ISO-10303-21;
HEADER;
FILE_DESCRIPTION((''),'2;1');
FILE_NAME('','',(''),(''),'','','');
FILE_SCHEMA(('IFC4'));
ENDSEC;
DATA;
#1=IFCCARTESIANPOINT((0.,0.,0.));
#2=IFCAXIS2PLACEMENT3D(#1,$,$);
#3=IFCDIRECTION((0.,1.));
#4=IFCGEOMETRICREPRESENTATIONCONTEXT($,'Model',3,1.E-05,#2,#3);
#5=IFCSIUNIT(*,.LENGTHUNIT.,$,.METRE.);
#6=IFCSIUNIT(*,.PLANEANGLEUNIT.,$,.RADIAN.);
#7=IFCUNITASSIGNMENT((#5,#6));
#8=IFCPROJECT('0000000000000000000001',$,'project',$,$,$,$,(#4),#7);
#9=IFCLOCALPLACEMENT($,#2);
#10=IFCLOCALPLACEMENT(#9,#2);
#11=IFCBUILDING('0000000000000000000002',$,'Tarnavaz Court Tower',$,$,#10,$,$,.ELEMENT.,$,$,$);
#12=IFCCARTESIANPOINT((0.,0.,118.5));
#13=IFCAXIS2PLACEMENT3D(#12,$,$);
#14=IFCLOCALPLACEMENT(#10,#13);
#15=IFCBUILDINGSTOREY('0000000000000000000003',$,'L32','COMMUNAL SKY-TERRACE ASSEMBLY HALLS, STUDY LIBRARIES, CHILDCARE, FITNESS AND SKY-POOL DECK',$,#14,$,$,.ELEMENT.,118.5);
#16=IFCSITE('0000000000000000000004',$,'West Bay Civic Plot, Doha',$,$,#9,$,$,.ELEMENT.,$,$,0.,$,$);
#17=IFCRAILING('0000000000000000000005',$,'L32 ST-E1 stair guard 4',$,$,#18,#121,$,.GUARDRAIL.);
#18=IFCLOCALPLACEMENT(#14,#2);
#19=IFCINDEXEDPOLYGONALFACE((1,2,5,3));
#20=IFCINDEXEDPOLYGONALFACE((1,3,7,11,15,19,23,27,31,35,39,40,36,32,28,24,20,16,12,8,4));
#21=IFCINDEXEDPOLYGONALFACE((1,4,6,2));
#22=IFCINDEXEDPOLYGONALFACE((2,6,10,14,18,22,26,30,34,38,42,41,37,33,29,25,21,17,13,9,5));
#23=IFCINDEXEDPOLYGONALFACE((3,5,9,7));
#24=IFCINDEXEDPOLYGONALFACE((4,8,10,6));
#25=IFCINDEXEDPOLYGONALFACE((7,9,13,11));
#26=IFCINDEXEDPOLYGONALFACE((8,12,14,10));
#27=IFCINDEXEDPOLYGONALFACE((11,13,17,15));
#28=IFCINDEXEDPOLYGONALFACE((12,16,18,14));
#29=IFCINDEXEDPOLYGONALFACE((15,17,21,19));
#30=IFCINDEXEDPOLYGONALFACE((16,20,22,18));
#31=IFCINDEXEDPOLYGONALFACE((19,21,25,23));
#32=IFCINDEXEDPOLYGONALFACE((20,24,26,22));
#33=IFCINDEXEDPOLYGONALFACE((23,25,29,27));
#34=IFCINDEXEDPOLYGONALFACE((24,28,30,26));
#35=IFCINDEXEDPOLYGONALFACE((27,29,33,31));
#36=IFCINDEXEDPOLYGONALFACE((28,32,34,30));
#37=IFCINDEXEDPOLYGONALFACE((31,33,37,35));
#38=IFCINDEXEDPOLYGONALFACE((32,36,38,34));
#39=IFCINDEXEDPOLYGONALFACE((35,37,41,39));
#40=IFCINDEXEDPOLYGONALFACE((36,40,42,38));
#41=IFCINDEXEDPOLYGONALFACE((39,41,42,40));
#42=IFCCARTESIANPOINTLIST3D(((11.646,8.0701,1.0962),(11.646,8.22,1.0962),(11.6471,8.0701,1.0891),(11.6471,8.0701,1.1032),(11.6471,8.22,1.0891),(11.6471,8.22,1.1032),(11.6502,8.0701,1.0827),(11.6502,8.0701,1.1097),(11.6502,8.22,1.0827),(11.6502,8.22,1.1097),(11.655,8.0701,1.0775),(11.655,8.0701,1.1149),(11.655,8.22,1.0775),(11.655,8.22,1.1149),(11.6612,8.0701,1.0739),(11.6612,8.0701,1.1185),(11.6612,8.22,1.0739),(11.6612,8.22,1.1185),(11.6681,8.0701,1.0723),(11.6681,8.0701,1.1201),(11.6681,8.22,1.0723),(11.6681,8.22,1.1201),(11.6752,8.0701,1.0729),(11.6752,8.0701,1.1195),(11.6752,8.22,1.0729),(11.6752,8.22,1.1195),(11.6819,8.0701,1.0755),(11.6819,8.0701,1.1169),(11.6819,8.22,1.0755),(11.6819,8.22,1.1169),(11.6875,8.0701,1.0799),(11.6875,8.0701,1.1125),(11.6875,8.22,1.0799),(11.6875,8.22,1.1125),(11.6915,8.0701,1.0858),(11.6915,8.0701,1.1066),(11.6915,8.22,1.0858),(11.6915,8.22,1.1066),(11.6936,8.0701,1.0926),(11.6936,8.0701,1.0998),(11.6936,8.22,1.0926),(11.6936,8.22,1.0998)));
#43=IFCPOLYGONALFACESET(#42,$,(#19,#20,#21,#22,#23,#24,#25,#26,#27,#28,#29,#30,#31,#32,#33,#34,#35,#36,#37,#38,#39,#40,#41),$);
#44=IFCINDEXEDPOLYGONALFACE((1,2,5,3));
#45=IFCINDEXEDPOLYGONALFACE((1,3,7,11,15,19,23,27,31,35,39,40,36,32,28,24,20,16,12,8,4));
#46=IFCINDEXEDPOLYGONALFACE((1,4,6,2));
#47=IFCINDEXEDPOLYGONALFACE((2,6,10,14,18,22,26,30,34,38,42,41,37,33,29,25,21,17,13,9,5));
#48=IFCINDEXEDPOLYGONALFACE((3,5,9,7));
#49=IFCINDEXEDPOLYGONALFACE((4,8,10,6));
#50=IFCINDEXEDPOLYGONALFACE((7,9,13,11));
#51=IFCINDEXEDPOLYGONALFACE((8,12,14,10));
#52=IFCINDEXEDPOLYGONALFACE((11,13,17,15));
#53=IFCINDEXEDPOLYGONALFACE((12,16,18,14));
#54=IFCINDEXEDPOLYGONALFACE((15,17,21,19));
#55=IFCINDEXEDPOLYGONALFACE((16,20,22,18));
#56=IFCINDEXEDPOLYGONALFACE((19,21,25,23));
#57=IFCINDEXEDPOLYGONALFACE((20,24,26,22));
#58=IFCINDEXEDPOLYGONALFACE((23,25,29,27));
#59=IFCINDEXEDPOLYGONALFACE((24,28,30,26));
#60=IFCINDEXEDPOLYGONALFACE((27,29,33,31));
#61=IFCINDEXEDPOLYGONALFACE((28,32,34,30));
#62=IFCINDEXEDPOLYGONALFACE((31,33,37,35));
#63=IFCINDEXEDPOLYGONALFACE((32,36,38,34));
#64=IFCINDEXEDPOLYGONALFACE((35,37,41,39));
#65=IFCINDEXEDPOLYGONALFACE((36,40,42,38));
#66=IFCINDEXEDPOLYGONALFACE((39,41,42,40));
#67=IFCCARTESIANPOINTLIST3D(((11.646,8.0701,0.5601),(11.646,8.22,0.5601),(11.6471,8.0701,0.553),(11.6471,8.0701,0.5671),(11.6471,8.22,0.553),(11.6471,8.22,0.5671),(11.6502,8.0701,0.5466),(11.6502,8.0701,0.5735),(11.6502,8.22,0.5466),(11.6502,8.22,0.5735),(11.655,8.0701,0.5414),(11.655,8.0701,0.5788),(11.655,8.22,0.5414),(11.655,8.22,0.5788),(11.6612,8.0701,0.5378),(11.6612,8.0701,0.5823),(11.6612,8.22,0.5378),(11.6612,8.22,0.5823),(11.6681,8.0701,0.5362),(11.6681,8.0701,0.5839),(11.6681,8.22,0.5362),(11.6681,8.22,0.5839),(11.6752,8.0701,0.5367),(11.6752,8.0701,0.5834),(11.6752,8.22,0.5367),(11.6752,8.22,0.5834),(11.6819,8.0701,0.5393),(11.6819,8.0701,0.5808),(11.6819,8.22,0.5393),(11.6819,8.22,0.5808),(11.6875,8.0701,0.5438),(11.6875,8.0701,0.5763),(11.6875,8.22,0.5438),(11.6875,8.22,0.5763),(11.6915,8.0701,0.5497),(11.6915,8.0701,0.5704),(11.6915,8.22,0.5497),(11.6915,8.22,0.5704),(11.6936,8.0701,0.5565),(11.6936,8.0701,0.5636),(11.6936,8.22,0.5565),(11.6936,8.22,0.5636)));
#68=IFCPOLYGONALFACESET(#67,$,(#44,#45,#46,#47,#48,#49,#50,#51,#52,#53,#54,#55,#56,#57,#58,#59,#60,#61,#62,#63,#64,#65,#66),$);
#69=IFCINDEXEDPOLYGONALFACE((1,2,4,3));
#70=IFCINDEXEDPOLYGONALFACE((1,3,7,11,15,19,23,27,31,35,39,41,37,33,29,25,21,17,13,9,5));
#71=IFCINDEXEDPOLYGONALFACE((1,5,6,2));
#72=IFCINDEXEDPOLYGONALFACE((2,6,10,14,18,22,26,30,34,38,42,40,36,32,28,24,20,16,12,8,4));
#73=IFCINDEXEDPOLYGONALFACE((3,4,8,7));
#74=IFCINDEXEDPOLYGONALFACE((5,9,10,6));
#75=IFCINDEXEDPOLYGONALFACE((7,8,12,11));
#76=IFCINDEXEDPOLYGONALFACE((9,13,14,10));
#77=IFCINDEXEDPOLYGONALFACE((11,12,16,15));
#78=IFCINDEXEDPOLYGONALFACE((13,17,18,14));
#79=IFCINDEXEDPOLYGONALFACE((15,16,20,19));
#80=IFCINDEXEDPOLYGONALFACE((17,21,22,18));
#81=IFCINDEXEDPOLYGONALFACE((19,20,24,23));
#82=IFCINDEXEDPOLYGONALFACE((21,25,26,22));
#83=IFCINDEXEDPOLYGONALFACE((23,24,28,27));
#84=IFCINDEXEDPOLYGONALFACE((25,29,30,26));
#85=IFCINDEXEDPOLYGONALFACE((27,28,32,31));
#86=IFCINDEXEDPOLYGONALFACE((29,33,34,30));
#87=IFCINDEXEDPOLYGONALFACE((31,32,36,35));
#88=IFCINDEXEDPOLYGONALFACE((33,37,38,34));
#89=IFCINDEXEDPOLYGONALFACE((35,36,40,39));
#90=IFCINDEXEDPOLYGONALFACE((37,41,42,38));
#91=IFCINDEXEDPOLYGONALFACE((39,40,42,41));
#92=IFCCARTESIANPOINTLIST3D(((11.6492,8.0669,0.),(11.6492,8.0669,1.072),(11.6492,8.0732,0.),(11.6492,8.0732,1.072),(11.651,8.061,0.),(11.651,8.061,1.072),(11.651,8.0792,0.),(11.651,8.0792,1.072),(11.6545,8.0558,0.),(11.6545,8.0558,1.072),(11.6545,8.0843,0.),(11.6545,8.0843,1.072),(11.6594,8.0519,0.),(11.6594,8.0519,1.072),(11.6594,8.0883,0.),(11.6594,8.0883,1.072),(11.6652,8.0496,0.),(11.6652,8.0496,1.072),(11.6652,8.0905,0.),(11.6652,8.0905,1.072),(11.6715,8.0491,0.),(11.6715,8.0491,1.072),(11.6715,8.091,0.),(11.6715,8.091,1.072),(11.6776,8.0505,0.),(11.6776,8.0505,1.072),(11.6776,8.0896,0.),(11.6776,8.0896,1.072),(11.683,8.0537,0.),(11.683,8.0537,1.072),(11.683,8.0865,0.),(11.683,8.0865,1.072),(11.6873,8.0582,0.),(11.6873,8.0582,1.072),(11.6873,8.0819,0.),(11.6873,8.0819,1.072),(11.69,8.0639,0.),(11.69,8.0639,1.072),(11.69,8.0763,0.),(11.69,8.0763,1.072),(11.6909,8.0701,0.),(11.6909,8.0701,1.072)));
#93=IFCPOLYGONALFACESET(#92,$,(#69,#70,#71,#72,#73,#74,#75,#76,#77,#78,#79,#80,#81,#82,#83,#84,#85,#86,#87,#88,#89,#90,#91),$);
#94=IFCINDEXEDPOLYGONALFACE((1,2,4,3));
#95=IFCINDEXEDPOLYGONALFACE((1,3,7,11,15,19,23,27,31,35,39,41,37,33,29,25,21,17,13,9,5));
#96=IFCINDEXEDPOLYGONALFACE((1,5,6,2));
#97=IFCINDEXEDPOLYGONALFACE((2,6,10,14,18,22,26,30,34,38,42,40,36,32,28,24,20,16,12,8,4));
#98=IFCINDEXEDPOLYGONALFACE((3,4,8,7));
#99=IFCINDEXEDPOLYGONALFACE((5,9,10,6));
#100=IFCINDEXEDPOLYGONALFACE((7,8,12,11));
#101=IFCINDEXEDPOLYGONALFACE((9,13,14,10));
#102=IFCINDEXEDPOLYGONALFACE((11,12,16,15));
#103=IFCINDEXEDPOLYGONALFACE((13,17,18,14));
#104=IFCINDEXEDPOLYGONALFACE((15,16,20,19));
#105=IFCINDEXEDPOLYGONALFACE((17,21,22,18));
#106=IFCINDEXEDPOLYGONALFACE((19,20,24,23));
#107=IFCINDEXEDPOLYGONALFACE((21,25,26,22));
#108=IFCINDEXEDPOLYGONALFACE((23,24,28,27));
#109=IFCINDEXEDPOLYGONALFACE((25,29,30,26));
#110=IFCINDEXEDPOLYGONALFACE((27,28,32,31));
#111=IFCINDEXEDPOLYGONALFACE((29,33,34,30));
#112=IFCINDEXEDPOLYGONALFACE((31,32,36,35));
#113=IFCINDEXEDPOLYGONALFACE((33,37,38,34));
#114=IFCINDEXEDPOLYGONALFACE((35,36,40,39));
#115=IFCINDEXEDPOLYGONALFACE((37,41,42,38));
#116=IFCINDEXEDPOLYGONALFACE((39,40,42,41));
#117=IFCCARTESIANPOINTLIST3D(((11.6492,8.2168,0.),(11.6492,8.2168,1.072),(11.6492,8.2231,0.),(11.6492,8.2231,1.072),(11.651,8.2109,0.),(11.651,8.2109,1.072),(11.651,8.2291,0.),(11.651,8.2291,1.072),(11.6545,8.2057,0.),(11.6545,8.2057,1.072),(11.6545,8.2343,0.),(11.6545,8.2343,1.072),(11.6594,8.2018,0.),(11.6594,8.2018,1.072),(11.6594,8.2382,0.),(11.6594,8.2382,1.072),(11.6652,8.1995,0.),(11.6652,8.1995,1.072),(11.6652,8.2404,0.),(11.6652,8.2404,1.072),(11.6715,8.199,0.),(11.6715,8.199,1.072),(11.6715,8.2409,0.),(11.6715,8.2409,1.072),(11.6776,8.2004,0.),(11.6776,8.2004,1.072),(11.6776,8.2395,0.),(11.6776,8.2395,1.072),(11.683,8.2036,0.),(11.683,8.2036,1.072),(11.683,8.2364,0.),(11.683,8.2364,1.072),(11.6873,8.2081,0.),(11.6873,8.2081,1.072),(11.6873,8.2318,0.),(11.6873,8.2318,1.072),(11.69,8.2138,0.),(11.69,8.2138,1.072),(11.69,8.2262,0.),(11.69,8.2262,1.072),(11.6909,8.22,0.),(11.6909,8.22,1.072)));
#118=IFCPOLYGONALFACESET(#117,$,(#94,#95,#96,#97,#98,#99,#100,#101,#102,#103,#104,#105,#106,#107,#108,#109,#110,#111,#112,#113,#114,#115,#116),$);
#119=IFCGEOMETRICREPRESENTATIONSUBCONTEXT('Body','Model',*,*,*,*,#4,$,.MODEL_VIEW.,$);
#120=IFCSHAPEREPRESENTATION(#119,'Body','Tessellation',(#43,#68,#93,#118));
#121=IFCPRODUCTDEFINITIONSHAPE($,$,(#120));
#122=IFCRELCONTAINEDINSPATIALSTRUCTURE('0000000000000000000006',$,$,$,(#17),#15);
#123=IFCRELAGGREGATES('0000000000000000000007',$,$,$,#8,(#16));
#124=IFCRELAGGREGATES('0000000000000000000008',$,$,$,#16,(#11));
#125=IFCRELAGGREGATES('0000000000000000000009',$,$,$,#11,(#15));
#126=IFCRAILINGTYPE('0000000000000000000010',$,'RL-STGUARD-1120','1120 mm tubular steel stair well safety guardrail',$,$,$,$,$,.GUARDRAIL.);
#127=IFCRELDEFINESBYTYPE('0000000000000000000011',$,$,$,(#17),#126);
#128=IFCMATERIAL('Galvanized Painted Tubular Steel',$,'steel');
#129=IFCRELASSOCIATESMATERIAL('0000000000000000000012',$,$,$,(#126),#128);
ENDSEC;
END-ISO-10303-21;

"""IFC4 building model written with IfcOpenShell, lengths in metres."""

from ifc_helpers import new_model, si_unit, direction, frame, origin, origin_2d, place, context, subcontext, project, spatial, circle, extrude, material, type_object, element, save


model = new_model("IFC4")

# Units and contexts
model_context = context("Model", 3, precision=1e-05, world=origin(), true_north=direction((0.0, 1.0)))
body_context = subcontext(model_context, "Body", "Model", "MODEL_VIEW")
ifc_project = project(units=[si_unit("LENGTHUNIT", "METRE"), si_unit("PLANEANGLEUNIT", "RADIAN")], contexts=[model_context])

# Site, building, storey
site_placement = place(None, origin())
site = spatial("IfcSite", under=ifc_project, at=site_placement, Name="West Bay Civic Plot, Doha", CompositionType="ELEMENT", RefElevation=0.0)
building_placement = place(site_placement, origin())
building = spatial("IfcBuilding", under=site, at=building_placement, Name="Tarnavaz Court Tower", CompositionType="ELEMENT")
storey_placement = place(building_placement, frame((0.0, 0.0, 118.5)))
storey = spatial("IfcBuildingStorey", under=building, at=storey_placement, Name="L32", Description="COMMUNAL SKY-TERRACE ASSEMBLY HALLS, STUDY LIBRARIES, CHILDCARE, FITNESS AND SKY-POOL DECK", CompositionType="ELEMENT", Elevation=118.5)

# Railing
ifc_material_1 = material(Name="Galvanized Painted Tubular Steel", Category="steel")
railing_type_1 = type_object("IfcRailingType", Name="RL-STGUARD-1120", Description="1120 mm tubular steel stair well safety guardrail", PredefinedType="GUARDRAIL", material=ifc_material_1)
railing_1_placement = place(storey_placement, frame((11.6699, 8.0701, 0.0)))
element("IfcRailing", 1, at=railing_1_placement, inside=storey, type_object=railing_type_1, Name="L32 ST-E1 stair guard 4", PredefinedType="GUARDRAIL", context=body_context, shape_type="SweptSolid", body=[
    extrude(circle(Radius=0.0239, at=origin_2d()), frame((0.0, 0.0, 1.0962), z_axis=(0.0, 1.0, 0.0), x_axis=(-1.0, 0.0, 0.0)), (0.0, 0.0, 1.0), 0.1499),
    extrude(circle(Radius=0.0239, at=origin_2d()), frame((0.0, 0.0, 0.5601), z_axis=(0.0, 1.0, 0.0), x_axis=(-1.0, 0.0, 0.0)), (0.0, 0.0, 1.0), 0.1499),
    extrude(circle(Radius=0.021, at=origin_2d()), origin(), (0.0, 0.0, 1.0), 1.072),
    extrude(circle(Radius=0.021, at=origin_2d()), frame((0.0, 0.1499, 0.0)), (0.0, 0.0, 1.0), 1.072),
])

save(model, "model.ifc")
